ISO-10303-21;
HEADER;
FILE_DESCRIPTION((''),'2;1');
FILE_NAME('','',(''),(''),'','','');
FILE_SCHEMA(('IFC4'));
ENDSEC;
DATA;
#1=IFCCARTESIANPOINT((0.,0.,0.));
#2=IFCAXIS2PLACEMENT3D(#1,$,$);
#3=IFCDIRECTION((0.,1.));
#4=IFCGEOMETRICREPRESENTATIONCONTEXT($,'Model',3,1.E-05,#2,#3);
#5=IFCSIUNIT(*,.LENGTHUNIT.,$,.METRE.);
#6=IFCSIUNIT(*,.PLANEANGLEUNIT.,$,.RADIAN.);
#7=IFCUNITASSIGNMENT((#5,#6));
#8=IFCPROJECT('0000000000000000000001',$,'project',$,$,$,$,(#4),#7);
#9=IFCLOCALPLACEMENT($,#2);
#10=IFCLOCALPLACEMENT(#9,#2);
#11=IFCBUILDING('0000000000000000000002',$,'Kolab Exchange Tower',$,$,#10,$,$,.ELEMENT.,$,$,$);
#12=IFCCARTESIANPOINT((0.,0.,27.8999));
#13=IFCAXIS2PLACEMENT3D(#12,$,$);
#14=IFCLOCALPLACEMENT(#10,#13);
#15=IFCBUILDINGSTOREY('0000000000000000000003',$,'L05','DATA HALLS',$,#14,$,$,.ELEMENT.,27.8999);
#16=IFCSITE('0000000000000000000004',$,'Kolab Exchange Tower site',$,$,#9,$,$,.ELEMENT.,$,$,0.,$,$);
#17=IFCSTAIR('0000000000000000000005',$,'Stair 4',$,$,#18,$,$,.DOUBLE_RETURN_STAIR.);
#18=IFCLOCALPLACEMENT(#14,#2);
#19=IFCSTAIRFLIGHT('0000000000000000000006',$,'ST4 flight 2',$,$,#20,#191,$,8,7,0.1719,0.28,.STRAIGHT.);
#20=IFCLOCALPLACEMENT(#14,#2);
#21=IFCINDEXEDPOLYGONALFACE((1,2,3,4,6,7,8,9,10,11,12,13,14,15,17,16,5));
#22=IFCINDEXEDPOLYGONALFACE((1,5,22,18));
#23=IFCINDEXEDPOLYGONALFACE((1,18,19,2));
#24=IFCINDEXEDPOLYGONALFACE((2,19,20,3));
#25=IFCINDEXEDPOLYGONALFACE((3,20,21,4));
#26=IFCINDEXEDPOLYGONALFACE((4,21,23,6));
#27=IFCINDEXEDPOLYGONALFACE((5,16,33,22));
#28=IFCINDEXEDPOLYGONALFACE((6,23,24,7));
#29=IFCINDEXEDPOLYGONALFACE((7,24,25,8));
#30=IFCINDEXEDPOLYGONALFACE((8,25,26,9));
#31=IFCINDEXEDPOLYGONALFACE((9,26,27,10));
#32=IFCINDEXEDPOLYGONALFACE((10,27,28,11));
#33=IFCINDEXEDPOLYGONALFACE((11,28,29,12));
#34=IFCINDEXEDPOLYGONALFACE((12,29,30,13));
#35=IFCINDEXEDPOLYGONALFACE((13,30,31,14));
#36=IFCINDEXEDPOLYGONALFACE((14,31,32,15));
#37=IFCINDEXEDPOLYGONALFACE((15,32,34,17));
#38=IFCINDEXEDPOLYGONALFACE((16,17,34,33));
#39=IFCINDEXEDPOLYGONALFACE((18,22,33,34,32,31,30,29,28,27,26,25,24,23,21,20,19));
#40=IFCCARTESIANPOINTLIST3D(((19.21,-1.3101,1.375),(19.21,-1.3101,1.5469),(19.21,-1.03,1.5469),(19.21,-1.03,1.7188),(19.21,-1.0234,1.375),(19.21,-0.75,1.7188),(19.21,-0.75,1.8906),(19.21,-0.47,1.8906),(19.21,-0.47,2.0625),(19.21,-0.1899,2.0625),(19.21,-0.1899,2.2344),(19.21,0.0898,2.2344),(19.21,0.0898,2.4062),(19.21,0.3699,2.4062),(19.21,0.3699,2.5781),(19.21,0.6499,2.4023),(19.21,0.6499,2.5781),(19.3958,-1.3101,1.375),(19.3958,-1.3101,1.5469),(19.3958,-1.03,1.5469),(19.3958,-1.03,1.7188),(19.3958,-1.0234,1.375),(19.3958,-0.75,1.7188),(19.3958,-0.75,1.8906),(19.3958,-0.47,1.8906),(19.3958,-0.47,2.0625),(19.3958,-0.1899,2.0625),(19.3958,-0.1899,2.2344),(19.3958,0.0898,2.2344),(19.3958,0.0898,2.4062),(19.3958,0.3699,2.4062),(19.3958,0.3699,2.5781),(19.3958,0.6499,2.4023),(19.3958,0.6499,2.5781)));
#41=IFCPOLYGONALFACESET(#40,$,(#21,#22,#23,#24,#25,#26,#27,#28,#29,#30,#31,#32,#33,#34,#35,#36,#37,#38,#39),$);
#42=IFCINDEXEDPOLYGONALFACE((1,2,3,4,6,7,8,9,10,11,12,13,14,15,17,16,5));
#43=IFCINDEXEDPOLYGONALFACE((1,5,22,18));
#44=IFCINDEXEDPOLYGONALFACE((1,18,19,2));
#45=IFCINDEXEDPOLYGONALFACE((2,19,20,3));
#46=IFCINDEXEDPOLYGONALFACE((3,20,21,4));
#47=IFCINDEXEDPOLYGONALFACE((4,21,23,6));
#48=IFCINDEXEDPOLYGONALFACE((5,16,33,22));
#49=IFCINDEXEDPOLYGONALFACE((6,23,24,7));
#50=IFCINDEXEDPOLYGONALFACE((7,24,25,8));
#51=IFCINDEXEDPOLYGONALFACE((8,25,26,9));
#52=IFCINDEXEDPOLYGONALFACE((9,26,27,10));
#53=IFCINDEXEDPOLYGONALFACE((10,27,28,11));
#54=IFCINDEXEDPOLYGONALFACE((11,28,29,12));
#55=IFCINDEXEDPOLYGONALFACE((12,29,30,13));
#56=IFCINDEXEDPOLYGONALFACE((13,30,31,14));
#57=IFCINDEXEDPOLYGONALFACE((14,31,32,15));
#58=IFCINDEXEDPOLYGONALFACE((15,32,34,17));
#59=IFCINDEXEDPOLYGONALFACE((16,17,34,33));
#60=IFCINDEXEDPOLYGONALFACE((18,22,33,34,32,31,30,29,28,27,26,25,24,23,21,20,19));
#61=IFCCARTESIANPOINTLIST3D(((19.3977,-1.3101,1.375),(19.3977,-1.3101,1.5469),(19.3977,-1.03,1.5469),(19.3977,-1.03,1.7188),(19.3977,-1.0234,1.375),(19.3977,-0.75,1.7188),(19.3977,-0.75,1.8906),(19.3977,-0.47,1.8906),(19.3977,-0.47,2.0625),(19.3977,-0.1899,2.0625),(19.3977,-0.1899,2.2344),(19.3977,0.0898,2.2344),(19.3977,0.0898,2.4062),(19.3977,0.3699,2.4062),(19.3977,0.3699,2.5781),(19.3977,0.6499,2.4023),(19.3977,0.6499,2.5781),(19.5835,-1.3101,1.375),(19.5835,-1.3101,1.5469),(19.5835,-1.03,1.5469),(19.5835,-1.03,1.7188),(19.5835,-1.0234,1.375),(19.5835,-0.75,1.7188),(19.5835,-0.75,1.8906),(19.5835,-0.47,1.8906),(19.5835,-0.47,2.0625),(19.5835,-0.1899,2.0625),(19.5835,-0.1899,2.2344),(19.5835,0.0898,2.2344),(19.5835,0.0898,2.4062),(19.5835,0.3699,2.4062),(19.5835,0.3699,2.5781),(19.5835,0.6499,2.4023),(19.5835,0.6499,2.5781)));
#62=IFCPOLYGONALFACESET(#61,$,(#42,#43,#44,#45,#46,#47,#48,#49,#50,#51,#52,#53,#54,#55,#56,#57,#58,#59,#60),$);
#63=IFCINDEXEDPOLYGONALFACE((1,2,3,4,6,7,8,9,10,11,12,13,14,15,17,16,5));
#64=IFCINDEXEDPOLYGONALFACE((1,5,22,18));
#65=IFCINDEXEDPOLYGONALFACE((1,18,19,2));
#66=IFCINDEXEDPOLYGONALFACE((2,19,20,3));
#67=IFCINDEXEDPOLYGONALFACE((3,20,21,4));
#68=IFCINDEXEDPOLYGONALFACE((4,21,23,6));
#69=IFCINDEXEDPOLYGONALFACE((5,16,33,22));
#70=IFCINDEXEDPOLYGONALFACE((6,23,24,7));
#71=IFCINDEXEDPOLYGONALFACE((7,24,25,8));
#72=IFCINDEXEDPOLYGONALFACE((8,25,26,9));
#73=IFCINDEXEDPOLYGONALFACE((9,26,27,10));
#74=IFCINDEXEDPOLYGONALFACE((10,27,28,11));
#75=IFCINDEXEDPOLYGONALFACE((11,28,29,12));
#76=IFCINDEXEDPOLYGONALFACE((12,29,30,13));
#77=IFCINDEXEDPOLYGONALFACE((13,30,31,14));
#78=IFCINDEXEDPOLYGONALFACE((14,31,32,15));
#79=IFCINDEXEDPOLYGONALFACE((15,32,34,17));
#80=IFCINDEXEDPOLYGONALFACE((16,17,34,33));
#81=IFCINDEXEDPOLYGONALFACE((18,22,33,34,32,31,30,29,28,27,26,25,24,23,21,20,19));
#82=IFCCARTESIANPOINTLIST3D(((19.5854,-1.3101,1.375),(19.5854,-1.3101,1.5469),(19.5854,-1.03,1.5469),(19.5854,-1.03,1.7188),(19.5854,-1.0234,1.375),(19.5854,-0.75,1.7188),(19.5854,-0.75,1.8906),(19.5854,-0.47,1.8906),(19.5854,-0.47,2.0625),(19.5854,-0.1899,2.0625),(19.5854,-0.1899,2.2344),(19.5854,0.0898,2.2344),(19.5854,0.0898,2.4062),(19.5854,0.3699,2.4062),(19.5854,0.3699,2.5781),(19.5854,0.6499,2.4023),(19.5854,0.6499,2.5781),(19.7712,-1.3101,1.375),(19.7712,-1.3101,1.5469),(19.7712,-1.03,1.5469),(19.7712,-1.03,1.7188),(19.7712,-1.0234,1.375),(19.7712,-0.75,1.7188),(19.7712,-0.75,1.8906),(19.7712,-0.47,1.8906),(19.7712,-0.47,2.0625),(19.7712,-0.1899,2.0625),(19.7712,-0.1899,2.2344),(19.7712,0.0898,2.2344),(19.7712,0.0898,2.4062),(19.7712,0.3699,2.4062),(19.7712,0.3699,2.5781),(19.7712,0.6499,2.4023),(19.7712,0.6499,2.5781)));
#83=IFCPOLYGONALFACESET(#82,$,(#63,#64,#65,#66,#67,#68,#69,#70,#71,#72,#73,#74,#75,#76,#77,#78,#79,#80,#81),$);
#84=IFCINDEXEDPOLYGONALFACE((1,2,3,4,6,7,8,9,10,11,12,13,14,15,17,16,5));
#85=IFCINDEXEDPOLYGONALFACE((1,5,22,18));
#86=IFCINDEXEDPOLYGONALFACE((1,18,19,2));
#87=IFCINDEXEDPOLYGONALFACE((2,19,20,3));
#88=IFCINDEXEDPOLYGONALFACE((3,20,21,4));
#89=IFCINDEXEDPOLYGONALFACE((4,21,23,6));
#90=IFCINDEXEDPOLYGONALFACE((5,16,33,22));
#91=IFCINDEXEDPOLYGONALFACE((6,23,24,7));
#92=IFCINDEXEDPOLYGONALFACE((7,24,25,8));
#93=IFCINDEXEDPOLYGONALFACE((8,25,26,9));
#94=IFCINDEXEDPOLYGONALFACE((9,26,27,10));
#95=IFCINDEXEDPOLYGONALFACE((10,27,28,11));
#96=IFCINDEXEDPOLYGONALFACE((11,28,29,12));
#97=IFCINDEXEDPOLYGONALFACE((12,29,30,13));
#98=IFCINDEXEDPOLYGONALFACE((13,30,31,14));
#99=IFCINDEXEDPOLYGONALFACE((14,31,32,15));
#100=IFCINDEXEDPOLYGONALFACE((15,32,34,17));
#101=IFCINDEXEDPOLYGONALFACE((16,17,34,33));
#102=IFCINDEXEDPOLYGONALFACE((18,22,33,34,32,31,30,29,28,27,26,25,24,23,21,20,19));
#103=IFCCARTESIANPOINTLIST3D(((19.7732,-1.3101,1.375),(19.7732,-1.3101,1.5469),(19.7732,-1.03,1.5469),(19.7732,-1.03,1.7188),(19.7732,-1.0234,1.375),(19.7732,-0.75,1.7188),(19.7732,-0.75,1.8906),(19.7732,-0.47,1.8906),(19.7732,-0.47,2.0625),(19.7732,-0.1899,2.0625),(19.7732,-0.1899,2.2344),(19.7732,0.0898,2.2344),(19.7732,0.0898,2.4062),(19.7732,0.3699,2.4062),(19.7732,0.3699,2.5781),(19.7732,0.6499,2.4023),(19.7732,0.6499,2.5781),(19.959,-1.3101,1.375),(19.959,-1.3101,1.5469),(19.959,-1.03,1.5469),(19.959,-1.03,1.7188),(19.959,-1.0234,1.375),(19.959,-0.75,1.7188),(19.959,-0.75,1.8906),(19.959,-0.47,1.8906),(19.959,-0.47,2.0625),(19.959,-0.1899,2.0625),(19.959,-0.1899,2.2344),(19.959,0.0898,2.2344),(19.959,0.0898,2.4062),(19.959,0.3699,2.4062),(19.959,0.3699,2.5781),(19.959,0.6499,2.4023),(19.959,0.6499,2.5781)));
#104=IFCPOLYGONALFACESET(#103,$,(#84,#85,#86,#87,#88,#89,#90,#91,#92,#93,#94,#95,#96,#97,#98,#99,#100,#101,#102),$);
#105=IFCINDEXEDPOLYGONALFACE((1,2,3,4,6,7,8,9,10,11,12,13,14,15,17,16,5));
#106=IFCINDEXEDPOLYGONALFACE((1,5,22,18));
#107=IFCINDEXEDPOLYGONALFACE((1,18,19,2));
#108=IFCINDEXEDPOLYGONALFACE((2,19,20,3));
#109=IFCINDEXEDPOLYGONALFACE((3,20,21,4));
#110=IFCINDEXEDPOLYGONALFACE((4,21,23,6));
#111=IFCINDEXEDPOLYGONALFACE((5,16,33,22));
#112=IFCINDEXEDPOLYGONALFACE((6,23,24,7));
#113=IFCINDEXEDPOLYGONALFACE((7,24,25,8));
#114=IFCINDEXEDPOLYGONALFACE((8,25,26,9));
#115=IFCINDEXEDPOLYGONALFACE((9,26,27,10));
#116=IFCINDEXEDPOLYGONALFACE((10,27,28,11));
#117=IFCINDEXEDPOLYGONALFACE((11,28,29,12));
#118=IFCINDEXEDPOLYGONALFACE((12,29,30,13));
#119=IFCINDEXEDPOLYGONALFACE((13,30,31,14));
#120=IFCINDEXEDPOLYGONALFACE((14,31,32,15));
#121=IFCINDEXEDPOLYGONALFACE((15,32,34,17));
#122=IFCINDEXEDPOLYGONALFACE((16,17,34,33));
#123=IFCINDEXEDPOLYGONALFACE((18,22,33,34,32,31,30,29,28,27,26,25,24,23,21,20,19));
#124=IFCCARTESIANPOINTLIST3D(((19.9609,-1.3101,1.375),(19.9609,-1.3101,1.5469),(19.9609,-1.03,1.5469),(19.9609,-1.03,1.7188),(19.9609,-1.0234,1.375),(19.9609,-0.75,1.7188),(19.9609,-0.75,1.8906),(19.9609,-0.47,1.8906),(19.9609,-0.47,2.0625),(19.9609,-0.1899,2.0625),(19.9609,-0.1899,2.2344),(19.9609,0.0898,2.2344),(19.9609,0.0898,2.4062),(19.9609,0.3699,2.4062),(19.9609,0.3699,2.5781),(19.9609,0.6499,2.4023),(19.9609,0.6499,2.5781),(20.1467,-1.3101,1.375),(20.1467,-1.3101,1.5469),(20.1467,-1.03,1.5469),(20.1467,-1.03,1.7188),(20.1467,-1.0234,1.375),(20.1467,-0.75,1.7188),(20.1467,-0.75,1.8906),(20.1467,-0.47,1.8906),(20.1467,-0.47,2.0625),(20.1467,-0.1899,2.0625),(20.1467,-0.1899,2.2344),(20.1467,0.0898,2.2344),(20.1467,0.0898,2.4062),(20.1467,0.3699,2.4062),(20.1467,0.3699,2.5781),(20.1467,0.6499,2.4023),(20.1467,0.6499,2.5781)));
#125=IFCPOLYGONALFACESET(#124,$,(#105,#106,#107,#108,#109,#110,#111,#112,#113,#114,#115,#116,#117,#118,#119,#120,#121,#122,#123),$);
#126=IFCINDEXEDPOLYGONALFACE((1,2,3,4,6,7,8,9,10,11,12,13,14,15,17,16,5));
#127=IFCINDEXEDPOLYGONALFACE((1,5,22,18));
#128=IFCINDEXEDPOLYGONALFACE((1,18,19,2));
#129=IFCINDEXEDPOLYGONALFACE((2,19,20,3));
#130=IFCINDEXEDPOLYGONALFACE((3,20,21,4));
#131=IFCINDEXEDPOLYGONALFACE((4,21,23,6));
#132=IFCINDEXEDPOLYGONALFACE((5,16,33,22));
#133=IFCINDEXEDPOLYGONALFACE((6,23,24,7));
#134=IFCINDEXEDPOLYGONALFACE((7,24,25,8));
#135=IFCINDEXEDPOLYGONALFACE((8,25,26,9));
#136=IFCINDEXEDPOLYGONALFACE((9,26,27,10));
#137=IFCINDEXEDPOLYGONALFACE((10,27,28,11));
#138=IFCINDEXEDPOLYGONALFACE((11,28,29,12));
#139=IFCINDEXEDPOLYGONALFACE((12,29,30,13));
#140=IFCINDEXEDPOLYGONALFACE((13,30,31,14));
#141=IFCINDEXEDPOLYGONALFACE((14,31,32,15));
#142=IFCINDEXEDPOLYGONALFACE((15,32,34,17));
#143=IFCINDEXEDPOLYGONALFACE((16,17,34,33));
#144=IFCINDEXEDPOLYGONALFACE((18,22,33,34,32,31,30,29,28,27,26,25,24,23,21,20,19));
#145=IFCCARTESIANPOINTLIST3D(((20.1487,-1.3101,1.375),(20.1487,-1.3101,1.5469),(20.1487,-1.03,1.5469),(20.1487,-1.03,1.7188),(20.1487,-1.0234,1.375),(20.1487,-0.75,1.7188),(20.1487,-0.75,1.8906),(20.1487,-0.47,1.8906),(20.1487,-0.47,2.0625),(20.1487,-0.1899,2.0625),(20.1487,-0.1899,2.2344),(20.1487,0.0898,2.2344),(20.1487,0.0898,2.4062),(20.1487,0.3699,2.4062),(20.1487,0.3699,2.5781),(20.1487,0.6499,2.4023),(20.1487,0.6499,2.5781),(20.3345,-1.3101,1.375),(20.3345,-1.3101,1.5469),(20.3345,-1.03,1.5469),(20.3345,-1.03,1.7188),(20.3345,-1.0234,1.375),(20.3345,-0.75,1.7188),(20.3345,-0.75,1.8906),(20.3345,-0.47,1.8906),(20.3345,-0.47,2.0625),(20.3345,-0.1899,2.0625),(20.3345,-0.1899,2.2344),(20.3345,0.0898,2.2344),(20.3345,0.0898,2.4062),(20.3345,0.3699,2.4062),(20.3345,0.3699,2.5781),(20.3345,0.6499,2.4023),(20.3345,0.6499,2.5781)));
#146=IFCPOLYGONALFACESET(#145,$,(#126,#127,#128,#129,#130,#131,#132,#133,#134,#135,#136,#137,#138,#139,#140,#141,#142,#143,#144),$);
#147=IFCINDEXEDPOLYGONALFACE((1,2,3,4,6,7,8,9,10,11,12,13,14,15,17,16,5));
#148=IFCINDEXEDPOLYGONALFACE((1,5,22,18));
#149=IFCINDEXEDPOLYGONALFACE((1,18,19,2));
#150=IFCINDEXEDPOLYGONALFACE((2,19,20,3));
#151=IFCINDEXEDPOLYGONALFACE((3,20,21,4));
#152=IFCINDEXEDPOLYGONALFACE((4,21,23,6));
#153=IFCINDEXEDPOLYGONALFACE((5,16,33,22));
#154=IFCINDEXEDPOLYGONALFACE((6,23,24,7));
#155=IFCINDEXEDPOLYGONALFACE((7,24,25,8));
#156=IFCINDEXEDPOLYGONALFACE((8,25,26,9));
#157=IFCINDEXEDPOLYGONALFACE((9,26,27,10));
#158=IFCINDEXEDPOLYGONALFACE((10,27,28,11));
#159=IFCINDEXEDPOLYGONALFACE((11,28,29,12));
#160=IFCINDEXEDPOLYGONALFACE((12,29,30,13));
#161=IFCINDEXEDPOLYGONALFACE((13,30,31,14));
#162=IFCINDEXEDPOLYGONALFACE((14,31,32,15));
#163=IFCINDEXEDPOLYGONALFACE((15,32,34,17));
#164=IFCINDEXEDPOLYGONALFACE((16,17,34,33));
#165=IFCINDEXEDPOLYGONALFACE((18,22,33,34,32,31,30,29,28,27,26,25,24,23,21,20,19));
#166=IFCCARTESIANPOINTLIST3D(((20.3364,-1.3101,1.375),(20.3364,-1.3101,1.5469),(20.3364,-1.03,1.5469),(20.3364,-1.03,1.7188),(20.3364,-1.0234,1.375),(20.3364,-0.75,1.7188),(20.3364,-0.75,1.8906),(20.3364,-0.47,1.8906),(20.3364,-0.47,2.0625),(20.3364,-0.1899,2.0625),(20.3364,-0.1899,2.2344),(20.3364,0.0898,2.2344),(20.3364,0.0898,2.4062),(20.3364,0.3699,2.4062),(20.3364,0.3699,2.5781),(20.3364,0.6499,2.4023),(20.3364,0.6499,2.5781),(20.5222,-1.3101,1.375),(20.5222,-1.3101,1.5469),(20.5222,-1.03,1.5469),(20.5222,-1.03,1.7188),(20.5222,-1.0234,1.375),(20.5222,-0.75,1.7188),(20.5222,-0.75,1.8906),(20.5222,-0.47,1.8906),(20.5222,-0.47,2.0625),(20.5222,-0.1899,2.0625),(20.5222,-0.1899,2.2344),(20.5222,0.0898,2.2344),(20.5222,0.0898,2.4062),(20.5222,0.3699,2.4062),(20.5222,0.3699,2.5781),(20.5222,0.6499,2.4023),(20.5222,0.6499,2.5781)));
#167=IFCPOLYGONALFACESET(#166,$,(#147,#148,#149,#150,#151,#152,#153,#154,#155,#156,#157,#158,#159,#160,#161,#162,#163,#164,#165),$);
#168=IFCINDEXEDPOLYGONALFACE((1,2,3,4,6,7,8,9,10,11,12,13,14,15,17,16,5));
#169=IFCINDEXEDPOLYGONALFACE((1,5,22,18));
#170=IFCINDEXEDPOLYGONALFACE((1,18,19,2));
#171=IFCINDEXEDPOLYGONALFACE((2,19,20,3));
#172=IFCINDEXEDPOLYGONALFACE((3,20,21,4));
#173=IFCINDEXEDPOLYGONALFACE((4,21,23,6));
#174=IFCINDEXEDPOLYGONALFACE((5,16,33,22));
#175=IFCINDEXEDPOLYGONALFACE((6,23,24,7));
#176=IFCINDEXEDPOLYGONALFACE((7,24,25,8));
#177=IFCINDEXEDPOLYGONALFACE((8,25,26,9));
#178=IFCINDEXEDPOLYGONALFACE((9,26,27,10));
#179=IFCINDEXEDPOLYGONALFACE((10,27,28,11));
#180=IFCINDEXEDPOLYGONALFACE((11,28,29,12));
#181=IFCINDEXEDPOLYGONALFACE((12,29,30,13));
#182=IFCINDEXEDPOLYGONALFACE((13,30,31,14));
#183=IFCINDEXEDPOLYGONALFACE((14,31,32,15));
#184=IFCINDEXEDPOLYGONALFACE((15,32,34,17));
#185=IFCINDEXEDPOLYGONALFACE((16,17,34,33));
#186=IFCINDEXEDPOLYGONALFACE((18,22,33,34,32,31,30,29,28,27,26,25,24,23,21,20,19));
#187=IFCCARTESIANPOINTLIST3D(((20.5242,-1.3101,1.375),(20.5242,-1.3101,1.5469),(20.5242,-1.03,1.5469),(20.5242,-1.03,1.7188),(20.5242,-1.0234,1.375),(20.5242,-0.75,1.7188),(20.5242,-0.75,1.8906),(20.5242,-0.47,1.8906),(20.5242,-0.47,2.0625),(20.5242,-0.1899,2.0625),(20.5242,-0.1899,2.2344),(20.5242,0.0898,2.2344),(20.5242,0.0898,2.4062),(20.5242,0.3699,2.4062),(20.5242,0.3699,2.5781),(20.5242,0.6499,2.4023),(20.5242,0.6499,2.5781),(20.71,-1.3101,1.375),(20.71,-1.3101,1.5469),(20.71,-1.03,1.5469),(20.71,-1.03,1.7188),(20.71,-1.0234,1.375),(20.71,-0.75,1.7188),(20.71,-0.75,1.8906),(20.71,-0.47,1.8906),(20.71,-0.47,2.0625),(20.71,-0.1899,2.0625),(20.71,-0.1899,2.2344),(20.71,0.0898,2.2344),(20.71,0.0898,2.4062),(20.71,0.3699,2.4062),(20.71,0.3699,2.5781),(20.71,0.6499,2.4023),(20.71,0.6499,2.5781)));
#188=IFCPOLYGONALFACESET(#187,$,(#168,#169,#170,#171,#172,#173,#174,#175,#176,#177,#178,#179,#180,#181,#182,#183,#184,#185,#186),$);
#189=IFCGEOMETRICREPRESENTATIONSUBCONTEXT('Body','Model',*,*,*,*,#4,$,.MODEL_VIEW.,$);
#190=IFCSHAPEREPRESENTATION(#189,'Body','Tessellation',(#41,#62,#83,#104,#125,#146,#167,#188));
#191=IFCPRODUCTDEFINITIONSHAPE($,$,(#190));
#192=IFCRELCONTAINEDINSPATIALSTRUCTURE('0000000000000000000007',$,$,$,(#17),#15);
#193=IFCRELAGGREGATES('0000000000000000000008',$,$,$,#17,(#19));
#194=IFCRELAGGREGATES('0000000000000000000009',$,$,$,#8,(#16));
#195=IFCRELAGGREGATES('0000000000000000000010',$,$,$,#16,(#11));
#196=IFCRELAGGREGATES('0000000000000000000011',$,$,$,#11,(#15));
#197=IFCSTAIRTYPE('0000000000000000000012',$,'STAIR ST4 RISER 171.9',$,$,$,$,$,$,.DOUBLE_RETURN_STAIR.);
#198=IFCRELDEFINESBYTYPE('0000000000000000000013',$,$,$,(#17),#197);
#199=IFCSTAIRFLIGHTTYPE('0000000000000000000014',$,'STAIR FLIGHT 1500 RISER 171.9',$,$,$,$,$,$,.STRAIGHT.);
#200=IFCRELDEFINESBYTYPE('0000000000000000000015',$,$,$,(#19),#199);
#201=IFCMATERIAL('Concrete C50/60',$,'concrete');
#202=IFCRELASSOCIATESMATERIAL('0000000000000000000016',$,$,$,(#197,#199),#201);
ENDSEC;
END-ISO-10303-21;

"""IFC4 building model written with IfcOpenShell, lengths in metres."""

from ifc_helpers import new_model, si_unit, direction, frame, origin, place, context, subcontext, project, spatial, polyline, outline, extrude, material, type_object, element, aggregate, save


model = new_model("IFC4")

# Units and contexts
model_context = context("Model", 3, precision=1e-05, world=origin(), true_north=direction((0.0, 1.0)))
body_context = subcontext(model_context, "Body", "Model", "MODEL_VIEW")
ifc_project = project(units=[si_unit("LENGTHUNIT", "METRE"), si_unit("PLANEANGLEUNIT", "RADIAN")], contexts=[model_context])

# Site, building, storey
site_placement = place(None, origin())
site = spatial("IfcSite", under=ifc_project, at=site_placement, Name="Kolab Exchange Tower site", CompositionType="ELEMENT", RefElevation=0.0)
building_placement = place(site_placement, origin())
building = spatial("IfcBuilding", under=site, at=building_placement, Name="Kolab Exchange Tower", CompositionType="ELEMENT")
storey_placement = place(building_placement, frame((0.0, 0.0, 27.8999)))
storey = spatial("IfcBuildingStorey", under=building, at=storey_placement, Name="L05", Description="DATA HALLS", CompositionType="ELEMENT", Elevation=27.8999)

# Shared definitions
ifc_material_1 = material(Name="Concrete C50/60", Category="concrete")

# Stair, stair flight
stair_type = type_object("IfcStairType", Name="STAIR ST4 RISER 171.9", PredefinedType="DOUBLE_RETURN_STAIR", material=ifc_material_1)
stair_placement = place(storey_placement, origin())
stair = element("IfcStair", 1, at=stair_placement, inside=storey, type_object=stair_type, Name="Stair 4", PredefinedType="DOUBLE_RETURN_STAIR")
stair_flight_type = type_object("IfcStairFlightType", Name="STAIR FLIGHT 1500 RISER 171.9", PredefinedType="STRAIGHT", material=ifc_material_1)
stair_flight_1_placement = place(storey_placement, frame((19.96, -1.3101, 1.375), z_axis=(0.0, 0.0, 1.0), x_axis=(0.0, 1.0, 0.0)))
stair_flight_1 = element("IfcStairFlight", 2, at=stair_flight_1_placement, type_object=stair_flight_type, Name="ST4 flight 2", NumberOfRisers=8, NumberOfTreads=7, PredefinedType="STRAIGHT", RiserHeight=0.1719, TreadLength=0.28, context=body_context, shape_type="SweptSolid", body=[
    extrude(outline(polyline([(0.0, 0.0), (0.0, 0.1719), (0.28, 0.1719), (0.28, 0.3438), (0.5601, 0.3438), (0.5601, 0.5156), (0.8401, 0.5156), (0.8401, 0.6875), (1.1201, 0.6875), (1.1201, 0.8594), (1.3999, 0.8594), (1.3999, 1.0312), (1.6799, 1.0312), (1.6799, 1.2031), (1.96, 1.2031), (1.96, 1.375), (1.96, 1.0273), (0.2866, 0.0), (0.0, 0.0)])), frame((0.0, 0.75, 0.0), z_axis=(0.0, -1.0, 0.0), x_axis=(1.0, 0.0, 0.0)), (0.0, 0.0, 1.0), 0.1858),
    extrude(outline(polyline([(0.0, 0.0), (0.0, 0.1719), (0.28, 0.1719), (0.28, 0.3438), (0.5601, 0.3438), (0.5601, 0.5156), (0.8401, 0.5156), (0.8401, 0.6875), (1.1201, 0.6875), (1.1201, 0.8594), (1.3999, 0.8594), (1.3999, 1.0312), (1.6799, 1.0312), (1.6799, 1.2031), (1.96, 1.2031), (1.96, 1.375), (1.96, 1.0273), (0.2866, 0.0), (0.0, 0.0)])), frame((0.0, 0.5623, 0.0), z_axis=(0.0, -1.0, 0.0), x_axis=(1.0, 0.0, 0.0)), (0.0, 0.0, 1.0), 0.1858),
    extrude(outline(polyline([(0.0, 0.0), (0.0, 0.1719), (0.28, 0.1719), (0.28, 0.3438), (0.5601, 0.3438), (0.5601, 0.5156), (0.8401, 0.5156), (0.8401, 0.6875), (1.1201, 0.6875), (1.1201, 0.8594), (1.3999, 0.8594), (1.3999, 1.0312), (1.6799, 1.0312), (1.6799, 1.2031), (1.96, 1.2031), (1.96, 1.375), (1.96, 1.0273), (0.2866, 0.0), (0.0, 0.0)])), frame((0.0, 0.3745, 0.0), z_axis=(0.0, -1.0, 0.0), x_axis=(1.0, 0.0, 0.0)), (0.0, 0.0, 1.0), 0.1858),
    extrude(outline(polyline([(0.0, 0.0), (0.0, 0.1719), (0.28, 0.1719), (0.28, 0.3438), (0.5601, 0.3438), (0.5601, 0.5156), (0.8401, 0.5156), (0.8401, 0.6875), (1.1201, 0.6875), (1.1201, 0.8594), (1.3999, 0.8594), (1.3999, 1.0312), (1.6799, 1.0312), (1.6799, 1.2031), (1.96, 1.2031), (1.96, 1.375), (1.96, 1.0273), (0.2866, 0.0), (0.0, 0.0)])), frame((0.0, 0.1868, 0.0), z_axis=(0.0, -1.0, 0.0), x_axis=(1.0, 0.0, 0.0)), (0.0, 0.0, 1.0), 0.1858),
    extrude(outline(polyline([(0.0, 0.0), (0.0, 0.1719), (0.28, 0.1719), (0.28, 0.3438), (0.5601, 0.3438), (0.5601, 0.5156), (0.8401, 0.5156), (0.8401, 0.6875), (1.1201, 0.6875), (1.1201, 0.8594), (1.3999, 0.8594), (1.3999, 1.0312), (1.6799, 1.0312), (1.6799, 1.2031), (1.96, 1.2031), (1.96, 1.375), (1.96, 1.0273), (0.2866, 0.0), (0.0, 0.0)])), frame((0.0, -0.001, 0.0), z_axis=(0.0, -1.0, 0.0), x_axis=(1.0, 0.0, 0.0)), (0.0, 0.0, 1.0), 0.1858),
    extrude(outline(polyline([(0.0, 0.0), (0.0, 0.1719), (0.28, 0.1719), (0.28, 0.3438), (0.5601, 0.3438), (0.5601, 0.5156), (0.8401, 0.5156), (0.8401, 0.6875), (1.1201, 0.6875), (1.1201, 0.8594), (1.3999, 0.8594), (1.3999, 1.0312), (1.6799, 1.0312), (1.6799, 1.2031), (1.96, 1.2031), (1.96, 1.375), (1.96, 1.0273), (0.2866, 0.0), (0.0, 0.0)])), frame((0.0, -0.1887, 0.0), z_axis=(0.0, -1.0, 0.0), x_axis=(1.0, 0.0, 0.0)), (0.0, 0.0, 1.0), 0.1858),
    extrude(outline(polyline([(0.0, 0.0), (0.0, 0.1719), (0.28, 0.1719), (0.28, 0.3438), (0.5601, 0.3438), (0.5601, 0.5156), (0.8401, 0.5156), (0.8401, 0.6875), (1.1201, 0.6875), (1.1201, 0.8594), (1.3999, 0.8594), (1.3999, 1.0312), (1.6799, 1.0312), (1.6799, 1.2031), (1.96, 1.2031), (1.96, 1.375), (1.96, 1.0273), (0.2866, 0.0), (0.0, 0.0)])), frame((0.0, -0.3765, 0.0), z_axis=(0.0, -1.0, 0.0), x_axis=(1.0, 0.0, 0.0)), (0.0, 0.0, 1.0), 0.1858),
    extrude(outline(polyline([(0.0, 0.0), (0.0, 0.1719), (0.28, 0.1719), (0.28, 0.3438), (0.5601, 0.3438), (0.5601, 0.5156), (0.8401, 0.5156), (0.8401, 0.6875), (1.1201, 0.6875), (1.1201, 0.8594), (1.3999, 0.8594), (1.3999, 1.0312), (1.6799, 1.0312), (1.6799, 1.2031), (1.96, 1.2031), (1.96, 1.375), (1.96, 1.0273), (0.2866, 0.0), (0.0, 0.0)])), frame((0.0, -0.5642, 0.0), z_axis=(0.0, -1.0, 0.0), x_axis=(1.0, 0.0, 0.0)), (0.0, 0.0, 1.0), 0.1858),
])
aggregate(stair, [stair_flight_1])

save(model, "model.ifc")
